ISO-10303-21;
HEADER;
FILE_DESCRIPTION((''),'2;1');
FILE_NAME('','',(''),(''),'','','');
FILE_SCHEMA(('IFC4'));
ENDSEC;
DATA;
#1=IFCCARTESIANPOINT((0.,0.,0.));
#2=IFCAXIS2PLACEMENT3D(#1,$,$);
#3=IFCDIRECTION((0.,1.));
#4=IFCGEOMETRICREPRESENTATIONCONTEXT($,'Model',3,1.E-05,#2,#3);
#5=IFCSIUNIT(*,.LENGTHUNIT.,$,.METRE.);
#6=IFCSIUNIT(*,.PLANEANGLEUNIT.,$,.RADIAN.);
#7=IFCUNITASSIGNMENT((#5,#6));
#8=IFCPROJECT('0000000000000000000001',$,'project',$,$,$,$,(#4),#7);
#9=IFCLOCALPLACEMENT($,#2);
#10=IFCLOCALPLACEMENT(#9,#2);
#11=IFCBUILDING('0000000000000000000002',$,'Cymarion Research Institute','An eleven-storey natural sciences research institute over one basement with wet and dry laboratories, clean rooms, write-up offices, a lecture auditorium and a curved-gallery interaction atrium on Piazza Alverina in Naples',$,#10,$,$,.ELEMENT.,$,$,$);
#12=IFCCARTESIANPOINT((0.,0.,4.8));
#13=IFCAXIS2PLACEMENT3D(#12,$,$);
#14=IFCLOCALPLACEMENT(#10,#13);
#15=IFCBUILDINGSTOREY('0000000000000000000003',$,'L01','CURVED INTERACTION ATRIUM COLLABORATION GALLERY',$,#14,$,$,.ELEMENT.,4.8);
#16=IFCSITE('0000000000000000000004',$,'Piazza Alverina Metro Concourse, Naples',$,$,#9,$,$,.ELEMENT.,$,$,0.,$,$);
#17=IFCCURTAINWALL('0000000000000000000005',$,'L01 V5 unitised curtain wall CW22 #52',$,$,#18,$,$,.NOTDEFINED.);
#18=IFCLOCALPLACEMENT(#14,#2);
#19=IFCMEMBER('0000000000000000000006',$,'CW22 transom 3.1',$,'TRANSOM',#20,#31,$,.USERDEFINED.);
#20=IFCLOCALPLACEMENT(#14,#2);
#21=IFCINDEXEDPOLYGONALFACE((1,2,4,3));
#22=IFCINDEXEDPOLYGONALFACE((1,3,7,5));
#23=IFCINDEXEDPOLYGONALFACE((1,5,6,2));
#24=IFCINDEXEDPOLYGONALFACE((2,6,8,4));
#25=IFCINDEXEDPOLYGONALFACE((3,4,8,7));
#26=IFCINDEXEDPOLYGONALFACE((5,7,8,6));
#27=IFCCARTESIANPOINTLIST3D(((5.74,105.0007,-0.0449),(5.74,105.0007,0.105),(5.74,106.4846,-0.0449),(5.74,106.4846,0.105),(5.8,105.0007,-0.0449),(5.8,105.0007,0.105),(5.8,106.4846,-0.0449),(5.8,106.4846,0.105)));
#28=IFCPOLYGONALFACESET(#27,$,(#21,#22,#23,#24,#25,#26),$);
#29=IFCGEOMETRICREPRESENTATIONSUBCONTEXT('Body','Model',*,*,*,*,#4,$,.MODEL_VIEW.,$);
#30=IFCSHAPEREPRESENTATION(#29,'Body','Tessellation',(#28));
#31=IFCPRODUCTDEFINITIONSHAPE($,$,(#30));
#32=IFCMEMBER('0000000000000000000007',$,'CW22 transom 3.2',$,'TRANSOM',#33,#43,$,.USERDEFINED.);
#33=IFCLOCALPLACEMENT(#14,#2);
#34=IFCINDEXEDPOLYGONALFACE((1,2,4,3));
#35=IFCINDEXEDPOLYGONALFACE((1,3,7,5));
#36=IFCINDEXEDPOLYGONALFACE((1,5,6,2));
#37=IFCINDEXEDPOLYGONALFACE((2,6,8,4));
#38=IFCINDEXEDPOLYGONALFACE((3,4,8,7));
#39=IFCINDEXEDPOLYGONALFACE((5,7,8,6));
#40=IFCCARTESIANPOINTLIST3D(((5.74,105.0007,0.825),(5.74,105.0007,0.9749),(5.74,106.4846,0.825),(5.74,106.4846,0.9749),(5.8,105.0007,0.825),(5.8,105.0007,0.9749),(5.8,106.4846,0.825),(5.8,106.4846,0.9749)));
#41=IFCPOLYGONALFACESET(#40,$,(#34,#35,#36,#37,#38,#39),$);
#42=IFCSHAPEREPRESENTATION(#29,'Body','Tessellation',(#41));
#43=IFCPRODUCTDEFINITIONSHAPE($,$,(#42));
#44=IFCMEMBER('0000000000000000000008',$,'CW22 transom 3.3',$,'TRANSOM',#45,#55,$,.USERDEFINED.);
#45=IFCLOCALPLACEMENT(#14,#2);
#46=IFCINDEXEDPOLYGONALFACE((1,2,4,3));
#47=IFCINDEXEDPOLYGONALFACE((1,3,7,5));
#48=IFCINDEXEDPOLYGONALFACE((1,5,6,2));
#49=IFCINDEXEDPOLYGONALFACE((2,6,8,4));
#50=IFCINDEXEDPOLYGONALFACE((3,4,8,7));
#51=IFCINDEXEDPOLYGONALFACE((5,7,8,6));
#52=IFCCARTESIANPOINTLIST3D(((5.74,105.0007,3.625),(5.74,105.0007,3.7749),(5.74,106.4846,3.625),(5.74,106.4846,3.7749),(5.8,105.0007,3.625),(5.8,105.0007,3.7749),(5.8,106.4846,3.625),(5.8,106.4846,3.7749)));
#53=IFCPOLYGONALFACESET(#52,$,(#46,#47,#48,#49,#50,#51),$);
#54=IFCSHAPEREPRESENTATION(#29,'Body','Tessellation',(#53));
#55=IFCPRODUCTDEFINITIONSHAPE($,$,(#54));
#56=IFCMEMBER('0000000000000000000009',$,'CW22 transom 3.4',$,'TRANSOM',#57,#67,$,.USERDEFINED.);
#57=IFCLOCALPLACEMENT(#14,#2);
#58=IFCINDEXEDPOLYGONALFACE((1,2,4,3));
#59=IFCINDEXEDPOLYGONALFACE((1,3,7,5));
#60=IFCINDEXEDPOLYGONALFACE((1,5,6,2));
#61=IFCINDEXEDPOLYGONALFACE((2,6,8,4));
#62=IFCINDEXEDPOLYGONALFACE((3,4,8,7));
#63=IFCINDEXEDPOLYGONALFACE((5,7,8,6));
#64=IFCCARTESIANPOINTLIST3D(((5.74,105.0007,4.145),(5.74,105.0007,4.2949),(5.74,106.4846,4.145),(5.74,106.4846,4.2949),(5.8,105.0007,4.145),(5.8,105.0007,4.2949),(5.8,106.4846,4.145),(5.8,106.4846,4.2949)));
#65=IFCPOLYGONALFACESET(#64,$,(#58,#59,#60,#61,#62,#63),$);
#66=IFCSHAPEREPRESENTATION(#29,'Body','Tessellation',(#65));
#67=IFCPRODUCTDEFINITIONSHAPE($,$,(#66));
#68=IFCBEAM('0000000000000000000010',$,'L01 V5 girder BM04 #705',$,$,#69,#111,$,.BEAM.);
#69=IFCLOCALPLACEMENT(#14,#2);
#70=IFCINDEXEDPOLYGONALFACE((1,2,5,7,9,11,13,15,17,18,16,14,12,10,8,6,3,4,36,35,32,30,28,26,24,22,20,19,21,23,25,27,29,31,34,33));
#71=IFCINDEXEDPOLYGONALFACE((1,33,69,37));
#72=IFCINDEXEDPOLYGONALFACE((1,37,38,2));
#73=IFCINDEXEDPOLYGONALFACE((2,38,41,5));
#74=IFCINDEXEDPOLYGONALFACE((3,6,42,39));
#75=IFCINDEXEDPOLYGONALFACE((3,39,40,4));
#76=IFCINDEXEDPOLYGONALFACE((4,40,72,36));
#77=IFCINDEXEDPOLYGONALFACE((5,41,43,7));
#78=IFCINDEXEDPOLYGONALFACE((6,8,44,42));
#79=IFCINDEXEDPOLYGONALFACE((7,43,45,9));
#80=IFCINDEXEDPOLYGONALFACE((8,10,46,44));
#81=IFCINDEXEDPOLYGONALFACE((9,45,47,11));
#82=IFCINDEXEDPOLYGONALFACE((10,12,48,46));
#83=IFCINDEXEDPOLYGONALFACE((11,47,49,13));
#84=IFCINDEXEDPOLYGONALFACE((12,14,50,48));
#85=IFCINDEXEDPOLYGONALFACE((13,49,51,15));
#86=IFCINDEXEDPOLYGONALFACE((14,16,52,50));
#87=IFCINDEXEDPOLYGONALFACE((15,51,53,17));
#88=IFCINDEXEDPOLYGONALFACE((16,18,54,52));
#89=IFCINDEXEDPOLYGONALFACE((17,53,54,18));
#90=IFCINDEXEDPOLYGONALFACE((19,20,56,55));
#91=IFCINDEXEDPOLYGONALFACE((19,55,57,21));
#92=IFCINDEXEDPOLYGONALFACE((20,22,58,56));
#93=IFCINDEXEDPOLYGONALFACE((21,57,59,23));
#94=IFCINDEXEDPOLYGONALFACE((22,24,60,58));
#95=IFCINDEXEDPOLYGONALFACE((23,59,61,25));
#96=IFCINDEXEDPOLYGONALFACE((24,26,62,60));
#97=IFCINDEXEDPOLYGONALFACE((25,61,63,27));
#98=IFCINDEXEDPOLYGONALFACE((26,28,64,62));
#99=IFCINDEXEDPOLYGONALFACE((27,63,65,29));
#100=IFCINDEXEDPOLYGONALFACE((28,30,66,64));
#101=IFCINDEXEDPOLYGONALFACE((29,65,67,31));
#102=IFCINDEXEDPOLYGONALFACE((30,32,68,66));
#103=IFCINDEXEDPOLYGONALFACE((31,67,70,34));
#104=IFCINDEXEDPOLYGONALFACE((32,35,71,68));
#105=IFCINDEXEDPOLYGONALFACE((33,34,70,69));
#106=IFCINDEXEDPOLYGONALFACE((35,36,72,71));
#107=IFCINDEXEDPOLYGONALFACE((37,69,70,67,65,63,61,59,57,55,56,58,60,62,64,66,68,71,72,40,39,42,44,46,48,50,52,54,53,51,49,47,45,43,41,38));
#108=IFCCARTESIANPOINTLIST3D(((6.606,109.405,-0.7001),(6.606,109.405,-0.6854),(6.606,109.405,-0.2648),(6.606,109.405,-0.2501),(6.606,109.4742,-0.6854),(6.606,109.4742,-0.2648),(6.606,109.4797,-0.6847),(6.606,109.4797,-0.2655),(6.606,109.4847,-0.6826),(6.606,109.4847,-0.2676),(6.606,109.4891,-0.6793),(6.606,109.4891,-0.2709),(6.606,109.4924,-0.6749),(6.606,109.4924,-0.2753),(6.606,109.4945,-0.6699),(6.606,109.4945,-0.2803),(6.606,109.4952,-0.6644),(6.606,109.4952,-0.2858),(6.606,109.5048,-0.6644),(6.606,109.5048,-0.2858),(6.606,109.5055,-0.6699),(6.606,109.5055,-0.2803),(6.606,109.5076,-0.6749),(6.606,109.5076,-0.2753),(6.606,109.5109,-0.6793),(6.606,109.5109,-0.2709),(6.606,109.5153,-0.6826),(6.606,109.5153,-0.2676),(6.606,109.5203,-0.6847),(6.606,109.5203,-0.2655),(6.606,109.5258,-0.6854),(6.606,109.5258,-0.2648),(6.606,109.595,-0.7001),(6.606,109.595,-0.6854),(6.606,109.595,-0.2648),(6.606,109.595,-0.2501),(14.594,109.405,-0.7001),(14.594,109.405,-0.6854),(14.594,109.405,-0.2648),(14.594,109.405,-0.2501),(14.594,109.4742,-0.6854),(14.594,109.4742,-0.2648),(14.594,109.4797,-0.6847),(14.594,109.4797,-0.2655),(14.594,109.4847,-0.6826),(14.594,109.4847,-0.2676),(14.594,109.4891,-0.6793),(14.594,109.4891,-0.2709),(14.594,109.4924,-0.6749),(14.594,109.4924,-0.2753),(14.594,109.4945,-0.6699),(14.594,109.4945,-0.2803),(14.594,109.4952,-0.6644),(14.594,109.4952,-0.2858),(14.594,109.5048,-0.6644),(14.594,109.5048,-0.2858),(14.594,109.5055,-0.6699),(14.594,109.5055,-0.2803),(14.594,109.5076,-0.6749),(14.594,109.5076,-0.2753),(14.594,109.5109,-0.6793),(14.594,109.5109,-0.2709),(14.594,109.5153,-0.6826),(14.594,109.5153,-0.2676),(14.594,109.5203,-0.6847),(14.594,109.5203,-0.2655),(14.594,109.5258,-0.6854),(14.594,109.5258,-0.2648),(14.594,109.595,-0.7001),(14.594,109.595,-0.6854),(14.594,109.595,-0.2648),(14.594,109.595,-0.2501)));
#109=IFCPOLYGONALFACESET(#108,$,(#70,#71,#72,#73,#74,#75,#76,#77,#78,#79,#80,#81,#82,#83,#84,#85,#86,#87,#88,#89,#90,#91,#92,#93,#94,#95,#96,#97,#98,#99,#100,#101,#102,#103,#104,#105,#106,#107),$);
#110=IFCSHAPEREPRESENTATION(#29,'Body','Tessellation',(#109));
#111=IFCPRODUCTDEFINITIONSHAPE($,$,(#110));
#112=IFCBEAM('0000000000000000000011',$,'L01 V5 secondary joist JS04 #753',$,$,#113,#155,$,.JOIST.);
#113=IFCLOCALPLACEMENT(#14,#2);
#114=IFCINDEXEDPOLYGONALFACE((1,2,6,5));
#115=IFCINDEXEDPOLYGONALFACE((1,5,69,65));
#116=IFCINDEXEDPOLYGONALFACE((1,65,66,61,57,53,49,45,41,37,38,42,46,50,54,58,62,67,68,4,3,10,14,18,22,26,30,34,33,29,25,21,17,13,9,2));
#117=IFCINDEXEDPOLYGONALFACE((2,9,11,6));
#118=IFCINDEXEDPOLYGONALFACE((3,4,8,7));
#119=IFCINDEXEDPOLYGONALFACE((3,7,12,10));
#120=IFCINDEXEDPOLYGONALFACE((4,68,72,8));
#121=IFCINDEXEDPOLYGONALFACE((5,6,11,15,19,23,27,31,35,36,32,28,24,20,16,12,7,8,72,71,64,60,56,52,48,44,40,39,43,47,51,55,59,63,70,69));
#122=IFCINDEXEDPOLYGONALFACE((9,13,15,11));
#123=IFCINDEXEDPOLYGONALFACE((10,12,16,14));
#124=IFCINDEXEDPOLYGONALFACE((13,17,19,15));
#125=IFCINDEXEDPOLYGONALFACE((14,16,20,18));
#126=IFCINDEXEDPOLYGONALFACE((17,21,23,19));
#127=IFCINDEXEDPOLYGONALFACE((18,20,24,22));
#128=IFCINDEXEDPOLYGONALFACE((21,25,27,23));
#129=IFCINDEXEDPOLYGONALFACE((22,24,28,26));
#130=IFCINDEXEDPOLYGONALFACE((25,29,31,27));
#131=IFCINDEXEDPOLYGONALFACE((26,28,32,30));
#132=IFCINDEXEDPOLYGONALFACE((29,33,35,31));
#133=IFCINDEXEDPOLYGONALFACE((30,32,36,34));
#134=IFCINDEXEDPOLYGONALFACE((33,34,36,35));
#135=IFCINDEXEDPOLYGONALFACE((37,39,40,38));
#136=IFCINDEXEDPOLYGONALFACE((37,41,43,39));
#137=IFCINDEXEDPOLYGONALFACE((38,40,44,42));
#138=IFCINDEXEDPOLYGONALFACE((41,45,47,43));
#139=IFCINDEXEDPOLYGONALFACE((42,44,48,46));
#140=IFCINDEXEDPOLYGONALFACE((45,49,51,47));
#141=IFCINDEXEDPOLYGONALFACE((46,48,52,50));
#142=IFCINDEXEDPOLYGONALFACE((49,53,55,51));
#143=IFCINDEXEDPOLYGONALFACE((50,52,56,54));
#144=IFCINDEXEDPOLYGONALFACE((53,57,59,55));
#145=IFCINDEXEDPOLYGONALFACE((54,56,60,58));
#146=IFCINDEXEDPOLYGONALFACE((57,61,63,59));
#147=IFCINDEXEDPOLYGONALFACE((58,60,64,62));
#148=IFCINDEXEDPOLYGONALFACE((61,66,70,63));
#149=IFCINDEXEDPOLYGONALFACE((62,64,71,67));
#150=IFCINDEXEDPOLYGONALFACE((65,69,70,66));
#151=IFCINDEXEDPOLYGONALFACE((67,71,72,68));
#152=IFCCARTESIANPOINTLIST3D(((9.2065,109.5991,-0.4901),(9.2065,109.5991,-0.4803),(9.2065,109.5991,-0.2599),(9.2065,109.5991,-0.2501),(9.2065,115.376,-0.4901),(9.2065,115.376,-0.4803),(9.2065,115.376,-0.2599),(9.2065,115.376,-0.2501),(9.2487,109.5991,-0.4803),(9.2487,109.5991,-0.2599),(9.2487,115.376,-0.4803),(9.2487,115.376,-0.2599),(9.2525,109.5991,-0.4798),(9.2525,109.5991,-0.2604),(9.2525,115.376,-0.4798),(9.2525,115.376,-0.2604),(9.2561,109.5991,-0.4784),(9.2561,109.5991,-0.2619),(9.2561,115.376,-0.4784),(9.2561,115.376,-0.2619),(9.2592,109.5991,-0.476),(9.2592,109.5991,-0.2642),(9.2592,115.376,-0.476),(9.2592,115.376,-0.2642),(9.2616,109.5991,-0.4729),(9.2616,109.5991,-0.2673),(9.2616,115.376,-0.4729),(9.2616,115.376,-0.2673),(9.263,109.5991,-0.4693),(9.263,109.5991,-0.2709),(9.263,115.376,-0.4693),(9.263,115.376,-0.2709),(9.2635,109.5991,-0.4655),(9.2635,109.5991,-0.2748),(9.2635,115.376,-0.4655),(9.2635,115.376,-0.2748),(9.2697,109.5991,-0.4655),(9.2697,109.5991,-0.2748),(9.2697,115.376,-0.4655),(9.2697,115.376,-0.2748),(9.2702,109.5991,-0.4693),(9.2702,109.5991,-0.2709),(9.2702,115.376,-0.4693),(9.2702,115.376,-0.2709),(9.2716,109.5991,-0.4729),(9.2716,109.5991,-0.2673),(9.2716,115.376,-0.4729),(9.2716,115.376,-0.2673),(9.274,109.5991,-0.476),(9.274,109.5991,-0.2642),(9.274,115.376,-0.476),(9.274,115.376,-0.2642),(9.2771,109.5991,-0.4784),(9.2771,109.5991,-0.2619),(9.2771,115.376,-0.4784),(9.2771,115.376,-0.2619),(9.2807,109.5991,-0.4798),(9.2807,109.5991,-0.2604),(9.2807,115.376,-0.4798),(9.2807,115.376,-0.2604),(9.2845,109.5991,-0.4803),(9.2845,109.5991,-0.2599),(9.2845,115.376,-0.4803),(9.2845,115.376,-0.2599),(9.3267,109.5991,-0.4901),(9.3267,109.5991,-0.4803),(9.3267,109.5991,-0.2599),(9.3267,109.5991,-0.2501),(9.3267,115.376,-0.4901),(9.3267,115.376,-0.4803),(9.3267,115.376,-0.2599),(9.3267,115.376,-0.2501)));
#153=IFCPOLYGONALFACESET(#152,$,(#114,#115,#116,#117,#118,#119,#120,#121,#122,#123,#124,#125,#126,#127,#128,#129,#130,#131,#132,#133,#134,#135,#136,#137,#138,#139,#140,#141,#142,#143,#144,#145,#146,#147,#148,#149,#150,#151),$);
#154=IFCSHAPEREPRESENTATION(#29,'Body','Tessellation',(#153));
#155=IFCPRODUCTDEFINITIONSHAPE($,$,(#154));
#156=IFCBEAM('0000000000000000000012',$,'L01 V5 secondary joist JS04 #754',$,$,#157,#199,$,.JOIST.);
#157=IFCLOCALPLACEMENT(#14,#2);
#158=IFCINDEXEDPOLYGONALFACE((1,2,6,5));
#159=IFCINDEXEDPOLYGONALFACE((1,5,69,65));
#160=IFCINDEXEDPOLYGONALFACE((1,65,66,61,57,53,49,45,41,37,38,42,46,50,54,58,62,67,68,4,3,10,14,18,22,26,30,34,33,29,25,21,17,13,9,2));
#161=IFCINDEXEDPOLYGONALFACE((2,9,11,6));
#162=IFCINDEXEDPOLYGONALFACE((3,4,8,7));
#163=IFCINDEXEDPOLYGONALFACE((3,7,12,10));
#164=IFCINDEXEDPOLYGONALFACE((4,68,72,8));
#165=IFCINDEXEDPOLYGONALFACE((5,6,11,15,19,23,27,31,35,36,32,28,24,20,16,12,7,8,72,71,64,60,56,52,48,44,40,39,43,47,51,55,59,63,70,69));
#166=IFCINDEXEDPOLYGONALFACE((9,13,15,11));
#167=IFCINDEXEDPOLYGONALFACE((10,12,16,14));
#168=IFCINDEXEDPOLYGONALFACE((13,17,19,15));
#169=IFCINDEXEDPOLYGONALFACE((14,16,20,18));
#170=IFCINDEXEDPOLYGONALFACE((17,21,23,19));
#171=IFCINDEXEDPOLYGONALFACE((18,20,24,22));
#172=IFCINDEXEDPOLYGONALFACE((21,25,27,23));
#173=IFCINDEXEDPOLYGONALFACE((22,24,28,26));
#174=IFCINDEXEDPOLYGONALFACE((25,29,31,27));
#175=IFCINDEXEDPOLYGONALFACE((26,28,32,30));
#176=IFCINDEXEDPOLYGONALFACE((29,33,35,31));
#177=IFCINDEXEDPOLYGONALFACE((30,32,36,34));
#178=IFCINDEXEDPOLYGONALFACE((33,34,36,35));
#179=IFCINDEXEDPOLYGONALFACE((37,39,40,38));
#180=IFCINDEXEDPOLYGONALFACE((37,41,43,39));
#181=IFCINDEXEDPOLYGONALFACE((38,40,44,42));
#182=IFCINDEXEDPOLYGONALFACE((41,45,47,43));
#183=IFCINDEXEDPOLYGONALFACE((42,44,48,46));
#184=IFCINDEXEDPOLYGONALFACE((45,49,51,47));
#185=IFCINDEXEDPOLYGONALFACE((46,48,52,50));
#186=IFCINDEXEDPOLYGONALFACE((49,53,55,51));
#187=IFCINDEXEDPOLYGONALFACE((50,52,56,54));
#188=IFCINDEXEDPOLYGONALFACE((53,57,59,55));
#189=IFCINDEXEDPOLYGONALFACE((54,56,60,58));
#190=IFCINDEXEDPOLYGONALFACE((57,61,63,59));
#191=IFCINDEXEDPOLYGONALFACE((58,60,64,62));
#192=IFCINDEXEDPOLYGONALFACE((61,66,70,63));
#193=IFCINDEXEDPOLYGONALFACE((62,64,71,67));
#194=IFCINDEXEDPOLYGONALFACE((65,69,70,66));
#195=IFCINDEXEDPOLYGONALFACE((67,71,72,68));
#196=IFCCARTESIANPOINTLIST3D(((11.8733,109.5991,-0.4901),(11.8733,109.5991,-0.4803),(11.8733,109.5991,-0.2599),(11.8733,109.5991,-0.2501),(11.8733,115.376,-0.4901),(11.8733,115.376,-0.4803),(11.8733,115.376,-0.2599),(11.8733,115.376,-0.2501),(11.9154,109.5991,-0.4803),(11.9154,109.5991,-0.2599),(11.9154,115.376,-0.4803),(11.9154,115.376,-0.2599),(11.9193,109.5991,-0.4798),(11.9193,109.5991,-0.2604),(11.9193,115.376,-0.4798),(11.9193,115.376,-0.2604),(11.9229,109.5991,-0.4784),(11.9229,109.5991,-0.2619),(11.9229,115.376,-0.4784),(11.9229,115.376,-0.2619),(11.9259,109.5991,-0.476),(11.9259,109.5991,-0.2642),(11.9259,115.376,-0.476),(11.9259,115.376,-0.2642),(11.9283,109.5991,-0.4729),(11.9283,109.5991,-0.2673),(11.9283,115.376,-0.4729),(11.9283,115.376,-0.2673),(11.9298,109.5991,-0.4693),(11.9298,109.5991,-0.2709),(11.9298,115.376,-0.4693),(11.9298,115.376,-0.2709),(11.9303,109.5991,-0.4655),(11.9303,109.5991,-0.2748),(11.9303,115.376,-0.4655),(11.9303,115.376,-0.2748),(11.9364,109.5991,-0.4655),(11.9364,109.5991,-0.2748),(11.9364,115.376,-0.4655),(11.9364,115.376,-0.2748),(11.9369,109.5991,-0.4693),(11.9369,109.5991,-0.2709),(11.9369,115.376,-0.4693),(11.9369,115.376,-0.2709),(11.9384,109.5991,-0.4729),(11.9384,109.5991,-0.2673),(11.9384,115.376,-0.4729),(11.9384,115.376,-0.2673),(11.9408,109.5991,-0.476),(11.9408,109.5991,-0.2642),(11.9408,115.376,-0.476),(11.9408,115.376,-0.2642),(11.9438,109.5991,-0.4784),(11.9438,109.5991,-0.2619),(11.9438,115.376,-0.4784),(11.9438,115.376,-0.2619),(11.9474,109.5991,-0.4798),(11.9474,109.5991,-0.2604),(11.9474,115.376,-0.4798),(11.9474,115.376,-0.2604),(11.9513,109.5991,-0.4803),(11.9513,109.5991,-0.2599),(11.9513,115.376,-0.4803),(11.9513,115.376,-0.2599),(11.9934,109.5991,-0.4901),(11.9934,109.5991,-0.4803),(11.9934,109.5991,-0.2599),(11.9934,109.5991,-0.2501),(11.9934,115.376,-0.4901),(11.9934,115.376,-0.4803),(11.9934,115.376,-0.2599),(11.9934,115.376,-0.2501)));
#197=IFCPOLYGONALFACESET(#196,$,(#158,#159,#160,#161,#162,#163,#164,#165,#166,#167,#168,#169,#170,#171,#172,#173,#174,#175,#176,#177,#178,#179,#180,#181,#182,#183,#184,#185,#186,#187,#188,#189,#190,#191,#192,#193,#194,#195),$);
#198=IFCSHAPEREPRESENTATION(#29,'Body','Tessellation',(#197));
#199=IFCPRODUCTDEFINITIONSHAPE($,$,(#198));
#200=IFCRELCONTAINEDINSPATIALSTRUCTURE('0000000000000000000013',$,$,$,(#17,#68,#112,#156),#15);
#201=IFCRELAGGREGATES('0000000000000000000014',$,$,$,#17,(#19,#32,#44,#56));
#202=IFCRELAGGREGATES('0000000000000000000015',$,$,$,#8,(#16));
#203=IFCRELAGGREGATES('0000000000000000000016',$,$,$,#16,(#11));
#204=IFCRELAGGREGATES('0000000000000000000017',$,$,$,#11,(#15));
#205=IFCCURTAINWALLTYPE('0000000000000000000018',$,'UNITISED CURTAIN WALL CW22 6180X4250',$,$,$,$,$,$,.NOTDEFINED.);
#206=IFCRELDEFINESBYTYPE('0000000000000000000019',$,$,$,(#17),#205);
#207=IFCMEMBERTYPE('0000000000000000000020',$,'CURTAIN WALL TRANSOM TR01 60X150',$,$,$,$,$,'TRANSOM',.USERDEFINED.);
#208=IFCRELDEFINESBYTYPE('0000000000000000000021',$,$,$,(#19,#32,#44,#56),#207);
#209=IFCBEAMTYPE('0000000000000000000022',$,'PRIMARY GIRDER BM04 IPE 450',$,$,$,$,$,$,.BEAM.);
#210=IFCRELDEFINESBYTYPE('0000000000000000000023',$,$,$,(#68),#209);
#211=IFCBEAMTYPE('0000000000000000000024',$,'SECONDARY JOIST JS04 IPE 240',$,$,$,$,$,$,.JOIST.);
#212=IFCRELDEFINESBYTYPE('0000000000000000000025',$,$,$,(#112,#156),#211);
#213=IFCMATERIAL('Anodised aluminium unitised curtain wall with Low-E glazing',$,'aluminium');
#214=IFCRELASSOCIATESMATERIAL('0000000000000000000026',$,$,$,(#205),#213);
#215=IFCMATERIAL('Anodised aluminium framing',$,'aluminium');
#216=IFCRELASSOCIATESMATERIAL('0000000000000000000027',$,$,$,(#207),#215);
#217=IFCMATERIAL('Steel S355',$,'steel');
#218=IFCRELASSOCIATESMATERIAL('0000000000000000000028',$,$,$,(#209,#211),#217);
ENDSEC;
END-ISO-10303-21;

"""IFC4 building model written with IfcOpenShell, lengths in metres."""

from ifc_helpers import new_model, si_unit, direction, frame, origin, origin_2d, place, context, subcontext, project, spatial, rectangle, i_section, extrude, material, material_profile, profile_set, type_object, element, aggregate, save


model = new_model("IFC4")

# Units and contexts
model_context = context("Model", 3, precision=1e-05, world=origin(), true_north=direction((0.0, 1.0)))
body_context = subcontext(model_context, "Body", "Model", "MODEL_VIEW")
ifc_project = project(units=[si_unit("LENGTHUNIT", "METRE"), si_unit("PLANEANGLEUNIT", "RADIAN")], contexts=[model_context])

# Site, building, storey
site_placement = place(None, origin())
site = spatial("IfcSite", under=ifc_project, at=site_placement, Name="Piazza Alverina Metro Concourse, Naples", CompositionType="ELEMENT", RefElevation=0.0)
building_placement = place(site_placement, origin())
building = spatial("IfcBuilding", under=site, at=building_placement, Name="Cymarion Research Institute", Description="An eleven-storey natural sciences research institute over one basement with wet and dry laboratories, clean rooms, write-up offices, a lecture auditorium and a curved-gallery interaction atrium on Piazza Alverina in Naples", CompositionType="ELEMENT")
storey_placement = place(building_placement, frame((0.0, 0.0, 4.8)))
storey = spatial("IfcBuildingStorey", under=building, at=storey_placement, Name="L01", Description="CURVED INTERACTION ATRIUM COLLABORATION GALLERY", CompositionType="ELEMENT", Elevation=4.8)

# Shared definitions
ifc_material_1 = material(Name="Steel S355", Category="steel")

# Curtain wall, members
ifc_material_2 = material(Name="Anodised aluminium unitised curtain wall with Low-E glazing", Category="aluminium")
curtain_wall_type = type_object("IfcCurtainWallType", Name="UNITISED CURTAIN WALL CW22 6180X4250", PredefinedType="NOTDEFINED", material=ifc_material_2)
curtain_wall_placement = place(storey_placement, origin())
curtain_wall = element("IfcCurtainWall", 1, at=curtain_wall_placement, inside=storey, type_object=curtain_wall_type, Name="L01 V5 unitised curtain wall CW22 #52", PredefinedType="NOTDEFINED")
ifc_material_3 = material(Name="Anodised aluminium framing", Category="aluminium")
ifc_material_profile_1 = material_profile(ifc_material_3, rectangle(XDim=0.0601, YDim=0.1499, at=origin_2d()), Name="ALU TRANSOM 60x150")
ifc_profile_set_1 = profile_set([ifc_material_profile_1], Name="Anodised aluminium framing")
member_type_1 = type_object("IfcMemberType", Name="CURTAIN WALL TRANSOM TR01 60X150", ElementType="TRANSOM", PredefinedType="USERDEFINED", material=ifc_profile_set_1)
member_1_placement = place(storey_placement, frame((5.77, 106.4846, 0.03), z_axis=(0.0, -1.0, 0.0), x_axis=(1.0, 0.0, 0.0)))
member_1 = element("IfcMember", 2, at=member_1_placement, type_object=member_type_1, Name="CW22 transom 3.1", ObjectType="TRANSOM", PredefinedType="USERDEFINED", context=body_context, shape_type="SweptSolid", body=[
    extrude(rectangle(XDim=0.0601, YDim=0.1499, at=origin_2d()), origin(), (0.0, 0.0, 1.0), 1.4839),
])
member_2_placement = place(storey_placement, frame((5.77, 106.4846, 0.8999), z_axis=(0.0, -1.0, 0.0), x_axis=(1.0, 0.0, 0.0)))
member_2 = element("IfcMember", 3, at=member_2_placement, type_object=member_type_1, Name="CW22 transom 3.2", ObjectType="TRANSOM", PredefinedType="USERDEFINED", context=body_context, shape_type="SweptSolid", body=[
    extrude(rectangle(XDim=0.0601, YDim=0.1499, at=origin_2d()), origin(), (0.0, 0.0, 1.0), 1.4839),
])
member_3_placement = place(storey_placement, frame((5.77, 106.4846, 3.7), z_axis=(0.0, -1.0, 0.0), x_axis=(1.0, 0.0, 0.0)))
member_3 = element("IfcMember", 4, at=member_3_placement, type_object=member_type_1, Name="CW22 transom 3.3", ObjectType="TRANSOM", PredefinedType="USERDEFINED", context=body_context, shape_type="SweptSolid", body=[
    extrude(rectangle(XDim=0.0601, YDim=0.1499, at=origin_2d()), origin(), (0.0, 0.0, 1.0), 1.4839),
])
member_4_placement = place(storey_placement, frame((5.77, 106.4846, 4.22), z_axis=(0.0, -1.0, 0.0), x_axis=(1.0, 0.0, 0.0)))
member_4 = element("IfcMember", 5, at=member_4_placement, type_object=member_type_1, Name="CW22 transom 3.4", ObjectType="TRANSOM", PredefinedType="USERDEFINED", context=body_context, shape_type="SweptSolid", body=[
    extrude(rectangle(XDim=0.0601, YDim=0.1499, at=origin_2d()), origin(), (0.0, 0.0, 1.0), 1.4839),
])

# Beams
ifc_material_profile_2 = material_profile(ifc_material_1, i_section(OverallWidth=0.1899, OverallDepth=0.45, WebThickness=0.0095, FlangeThickness=0.0146, FilletRadius=0.021, at=origin_2d()), Name="IPE 450")
ifc_profile_set_2 = profile_set([ifc_material_profile_2], Name="Steel S355")
beam_type_1 = type_object("IfcBeamType", Name="PRIMARY GIRDER BM04 IPE 450", PredefinedType="BEAM", material=ifc_profile_set_2)
beam_1_placement = place(storey_placement, frame((6.606, 109.5, -0.4751), z_axis=(1.0, 0.0, 0.0), x_axis=(0.0, 1.0, 0.0)))
element("IfcBeam", 6, at=beam_1_placement, inside=storey, type_object=beam_type_1, Name="L01 V5 girder BM04 #705", PredefinedType="BEAM", context=body_context, shape_type="SweptSolid", body=[
    extrude(i_section(OverallWidth=0.1899, OverallDepth=0.45, WebThickness=0.0095, FlangeThickness=0.0146, FilletRadius=0.021, at=origin_2d()), origin(), (0.0, 0.0, 1.0), 7.988),
])
ifc_material_profile_3 = material_profile(ifc_material_1, i_section(OverallWidth=0.1201, OverallDepth=0.24, WebThickness=0.0061, FlangeThickness=0.0098, FilletRadius=0.0149, at=origin_2d()), Name="IPE 240")
ifc_profile_set_3 = profile_set([ifc_material_profile_3], Name="Steel S355")
beam_type_2 = type_object("IfcBeamType", Name="SECONDARY JOIST JS04 IPE 240", PredefinedType="JOIST", material=ifc_profile_set_3)
for number, where, z_axis, x_axis, name in (
    (7, (9.2666, 109.5991, -0.3701), (0.0, 1.0, 0.0), (-1.0, 0.0, 0.0), "L01 V5 secondary joist JS04 #753"),
    (8, (11.9333, 109.5991, -0.3701), (0.0, 1.0, 0.0), (-1.0, 0.0, 0.0), "L01 V5 secondary joist JS04 #754"),
):
    element("IfcBeam", number, at=place(storey_placement, frame(where, z_axis=z_axis, x_axis=x_axis)), inside=storey, type_object=beam_type_2, Name=name, PredefinedType="JOIST", context=body_context, shape_type="SweptSolid", body=[
        extrude(i_section(OverallWidth=0.1201, OverallDepth=0.24, WebThickness=0.0061, FlangeThickness=0.0098, FilletRadius=0.0149, at=origin_2d()), origin(), (0.0, 0.0, 1.0), 5.7769),
    ])

aggregate(curtain_wall, [member_1, member_2, member_3, member_4])

save(model, "model.ifc")
